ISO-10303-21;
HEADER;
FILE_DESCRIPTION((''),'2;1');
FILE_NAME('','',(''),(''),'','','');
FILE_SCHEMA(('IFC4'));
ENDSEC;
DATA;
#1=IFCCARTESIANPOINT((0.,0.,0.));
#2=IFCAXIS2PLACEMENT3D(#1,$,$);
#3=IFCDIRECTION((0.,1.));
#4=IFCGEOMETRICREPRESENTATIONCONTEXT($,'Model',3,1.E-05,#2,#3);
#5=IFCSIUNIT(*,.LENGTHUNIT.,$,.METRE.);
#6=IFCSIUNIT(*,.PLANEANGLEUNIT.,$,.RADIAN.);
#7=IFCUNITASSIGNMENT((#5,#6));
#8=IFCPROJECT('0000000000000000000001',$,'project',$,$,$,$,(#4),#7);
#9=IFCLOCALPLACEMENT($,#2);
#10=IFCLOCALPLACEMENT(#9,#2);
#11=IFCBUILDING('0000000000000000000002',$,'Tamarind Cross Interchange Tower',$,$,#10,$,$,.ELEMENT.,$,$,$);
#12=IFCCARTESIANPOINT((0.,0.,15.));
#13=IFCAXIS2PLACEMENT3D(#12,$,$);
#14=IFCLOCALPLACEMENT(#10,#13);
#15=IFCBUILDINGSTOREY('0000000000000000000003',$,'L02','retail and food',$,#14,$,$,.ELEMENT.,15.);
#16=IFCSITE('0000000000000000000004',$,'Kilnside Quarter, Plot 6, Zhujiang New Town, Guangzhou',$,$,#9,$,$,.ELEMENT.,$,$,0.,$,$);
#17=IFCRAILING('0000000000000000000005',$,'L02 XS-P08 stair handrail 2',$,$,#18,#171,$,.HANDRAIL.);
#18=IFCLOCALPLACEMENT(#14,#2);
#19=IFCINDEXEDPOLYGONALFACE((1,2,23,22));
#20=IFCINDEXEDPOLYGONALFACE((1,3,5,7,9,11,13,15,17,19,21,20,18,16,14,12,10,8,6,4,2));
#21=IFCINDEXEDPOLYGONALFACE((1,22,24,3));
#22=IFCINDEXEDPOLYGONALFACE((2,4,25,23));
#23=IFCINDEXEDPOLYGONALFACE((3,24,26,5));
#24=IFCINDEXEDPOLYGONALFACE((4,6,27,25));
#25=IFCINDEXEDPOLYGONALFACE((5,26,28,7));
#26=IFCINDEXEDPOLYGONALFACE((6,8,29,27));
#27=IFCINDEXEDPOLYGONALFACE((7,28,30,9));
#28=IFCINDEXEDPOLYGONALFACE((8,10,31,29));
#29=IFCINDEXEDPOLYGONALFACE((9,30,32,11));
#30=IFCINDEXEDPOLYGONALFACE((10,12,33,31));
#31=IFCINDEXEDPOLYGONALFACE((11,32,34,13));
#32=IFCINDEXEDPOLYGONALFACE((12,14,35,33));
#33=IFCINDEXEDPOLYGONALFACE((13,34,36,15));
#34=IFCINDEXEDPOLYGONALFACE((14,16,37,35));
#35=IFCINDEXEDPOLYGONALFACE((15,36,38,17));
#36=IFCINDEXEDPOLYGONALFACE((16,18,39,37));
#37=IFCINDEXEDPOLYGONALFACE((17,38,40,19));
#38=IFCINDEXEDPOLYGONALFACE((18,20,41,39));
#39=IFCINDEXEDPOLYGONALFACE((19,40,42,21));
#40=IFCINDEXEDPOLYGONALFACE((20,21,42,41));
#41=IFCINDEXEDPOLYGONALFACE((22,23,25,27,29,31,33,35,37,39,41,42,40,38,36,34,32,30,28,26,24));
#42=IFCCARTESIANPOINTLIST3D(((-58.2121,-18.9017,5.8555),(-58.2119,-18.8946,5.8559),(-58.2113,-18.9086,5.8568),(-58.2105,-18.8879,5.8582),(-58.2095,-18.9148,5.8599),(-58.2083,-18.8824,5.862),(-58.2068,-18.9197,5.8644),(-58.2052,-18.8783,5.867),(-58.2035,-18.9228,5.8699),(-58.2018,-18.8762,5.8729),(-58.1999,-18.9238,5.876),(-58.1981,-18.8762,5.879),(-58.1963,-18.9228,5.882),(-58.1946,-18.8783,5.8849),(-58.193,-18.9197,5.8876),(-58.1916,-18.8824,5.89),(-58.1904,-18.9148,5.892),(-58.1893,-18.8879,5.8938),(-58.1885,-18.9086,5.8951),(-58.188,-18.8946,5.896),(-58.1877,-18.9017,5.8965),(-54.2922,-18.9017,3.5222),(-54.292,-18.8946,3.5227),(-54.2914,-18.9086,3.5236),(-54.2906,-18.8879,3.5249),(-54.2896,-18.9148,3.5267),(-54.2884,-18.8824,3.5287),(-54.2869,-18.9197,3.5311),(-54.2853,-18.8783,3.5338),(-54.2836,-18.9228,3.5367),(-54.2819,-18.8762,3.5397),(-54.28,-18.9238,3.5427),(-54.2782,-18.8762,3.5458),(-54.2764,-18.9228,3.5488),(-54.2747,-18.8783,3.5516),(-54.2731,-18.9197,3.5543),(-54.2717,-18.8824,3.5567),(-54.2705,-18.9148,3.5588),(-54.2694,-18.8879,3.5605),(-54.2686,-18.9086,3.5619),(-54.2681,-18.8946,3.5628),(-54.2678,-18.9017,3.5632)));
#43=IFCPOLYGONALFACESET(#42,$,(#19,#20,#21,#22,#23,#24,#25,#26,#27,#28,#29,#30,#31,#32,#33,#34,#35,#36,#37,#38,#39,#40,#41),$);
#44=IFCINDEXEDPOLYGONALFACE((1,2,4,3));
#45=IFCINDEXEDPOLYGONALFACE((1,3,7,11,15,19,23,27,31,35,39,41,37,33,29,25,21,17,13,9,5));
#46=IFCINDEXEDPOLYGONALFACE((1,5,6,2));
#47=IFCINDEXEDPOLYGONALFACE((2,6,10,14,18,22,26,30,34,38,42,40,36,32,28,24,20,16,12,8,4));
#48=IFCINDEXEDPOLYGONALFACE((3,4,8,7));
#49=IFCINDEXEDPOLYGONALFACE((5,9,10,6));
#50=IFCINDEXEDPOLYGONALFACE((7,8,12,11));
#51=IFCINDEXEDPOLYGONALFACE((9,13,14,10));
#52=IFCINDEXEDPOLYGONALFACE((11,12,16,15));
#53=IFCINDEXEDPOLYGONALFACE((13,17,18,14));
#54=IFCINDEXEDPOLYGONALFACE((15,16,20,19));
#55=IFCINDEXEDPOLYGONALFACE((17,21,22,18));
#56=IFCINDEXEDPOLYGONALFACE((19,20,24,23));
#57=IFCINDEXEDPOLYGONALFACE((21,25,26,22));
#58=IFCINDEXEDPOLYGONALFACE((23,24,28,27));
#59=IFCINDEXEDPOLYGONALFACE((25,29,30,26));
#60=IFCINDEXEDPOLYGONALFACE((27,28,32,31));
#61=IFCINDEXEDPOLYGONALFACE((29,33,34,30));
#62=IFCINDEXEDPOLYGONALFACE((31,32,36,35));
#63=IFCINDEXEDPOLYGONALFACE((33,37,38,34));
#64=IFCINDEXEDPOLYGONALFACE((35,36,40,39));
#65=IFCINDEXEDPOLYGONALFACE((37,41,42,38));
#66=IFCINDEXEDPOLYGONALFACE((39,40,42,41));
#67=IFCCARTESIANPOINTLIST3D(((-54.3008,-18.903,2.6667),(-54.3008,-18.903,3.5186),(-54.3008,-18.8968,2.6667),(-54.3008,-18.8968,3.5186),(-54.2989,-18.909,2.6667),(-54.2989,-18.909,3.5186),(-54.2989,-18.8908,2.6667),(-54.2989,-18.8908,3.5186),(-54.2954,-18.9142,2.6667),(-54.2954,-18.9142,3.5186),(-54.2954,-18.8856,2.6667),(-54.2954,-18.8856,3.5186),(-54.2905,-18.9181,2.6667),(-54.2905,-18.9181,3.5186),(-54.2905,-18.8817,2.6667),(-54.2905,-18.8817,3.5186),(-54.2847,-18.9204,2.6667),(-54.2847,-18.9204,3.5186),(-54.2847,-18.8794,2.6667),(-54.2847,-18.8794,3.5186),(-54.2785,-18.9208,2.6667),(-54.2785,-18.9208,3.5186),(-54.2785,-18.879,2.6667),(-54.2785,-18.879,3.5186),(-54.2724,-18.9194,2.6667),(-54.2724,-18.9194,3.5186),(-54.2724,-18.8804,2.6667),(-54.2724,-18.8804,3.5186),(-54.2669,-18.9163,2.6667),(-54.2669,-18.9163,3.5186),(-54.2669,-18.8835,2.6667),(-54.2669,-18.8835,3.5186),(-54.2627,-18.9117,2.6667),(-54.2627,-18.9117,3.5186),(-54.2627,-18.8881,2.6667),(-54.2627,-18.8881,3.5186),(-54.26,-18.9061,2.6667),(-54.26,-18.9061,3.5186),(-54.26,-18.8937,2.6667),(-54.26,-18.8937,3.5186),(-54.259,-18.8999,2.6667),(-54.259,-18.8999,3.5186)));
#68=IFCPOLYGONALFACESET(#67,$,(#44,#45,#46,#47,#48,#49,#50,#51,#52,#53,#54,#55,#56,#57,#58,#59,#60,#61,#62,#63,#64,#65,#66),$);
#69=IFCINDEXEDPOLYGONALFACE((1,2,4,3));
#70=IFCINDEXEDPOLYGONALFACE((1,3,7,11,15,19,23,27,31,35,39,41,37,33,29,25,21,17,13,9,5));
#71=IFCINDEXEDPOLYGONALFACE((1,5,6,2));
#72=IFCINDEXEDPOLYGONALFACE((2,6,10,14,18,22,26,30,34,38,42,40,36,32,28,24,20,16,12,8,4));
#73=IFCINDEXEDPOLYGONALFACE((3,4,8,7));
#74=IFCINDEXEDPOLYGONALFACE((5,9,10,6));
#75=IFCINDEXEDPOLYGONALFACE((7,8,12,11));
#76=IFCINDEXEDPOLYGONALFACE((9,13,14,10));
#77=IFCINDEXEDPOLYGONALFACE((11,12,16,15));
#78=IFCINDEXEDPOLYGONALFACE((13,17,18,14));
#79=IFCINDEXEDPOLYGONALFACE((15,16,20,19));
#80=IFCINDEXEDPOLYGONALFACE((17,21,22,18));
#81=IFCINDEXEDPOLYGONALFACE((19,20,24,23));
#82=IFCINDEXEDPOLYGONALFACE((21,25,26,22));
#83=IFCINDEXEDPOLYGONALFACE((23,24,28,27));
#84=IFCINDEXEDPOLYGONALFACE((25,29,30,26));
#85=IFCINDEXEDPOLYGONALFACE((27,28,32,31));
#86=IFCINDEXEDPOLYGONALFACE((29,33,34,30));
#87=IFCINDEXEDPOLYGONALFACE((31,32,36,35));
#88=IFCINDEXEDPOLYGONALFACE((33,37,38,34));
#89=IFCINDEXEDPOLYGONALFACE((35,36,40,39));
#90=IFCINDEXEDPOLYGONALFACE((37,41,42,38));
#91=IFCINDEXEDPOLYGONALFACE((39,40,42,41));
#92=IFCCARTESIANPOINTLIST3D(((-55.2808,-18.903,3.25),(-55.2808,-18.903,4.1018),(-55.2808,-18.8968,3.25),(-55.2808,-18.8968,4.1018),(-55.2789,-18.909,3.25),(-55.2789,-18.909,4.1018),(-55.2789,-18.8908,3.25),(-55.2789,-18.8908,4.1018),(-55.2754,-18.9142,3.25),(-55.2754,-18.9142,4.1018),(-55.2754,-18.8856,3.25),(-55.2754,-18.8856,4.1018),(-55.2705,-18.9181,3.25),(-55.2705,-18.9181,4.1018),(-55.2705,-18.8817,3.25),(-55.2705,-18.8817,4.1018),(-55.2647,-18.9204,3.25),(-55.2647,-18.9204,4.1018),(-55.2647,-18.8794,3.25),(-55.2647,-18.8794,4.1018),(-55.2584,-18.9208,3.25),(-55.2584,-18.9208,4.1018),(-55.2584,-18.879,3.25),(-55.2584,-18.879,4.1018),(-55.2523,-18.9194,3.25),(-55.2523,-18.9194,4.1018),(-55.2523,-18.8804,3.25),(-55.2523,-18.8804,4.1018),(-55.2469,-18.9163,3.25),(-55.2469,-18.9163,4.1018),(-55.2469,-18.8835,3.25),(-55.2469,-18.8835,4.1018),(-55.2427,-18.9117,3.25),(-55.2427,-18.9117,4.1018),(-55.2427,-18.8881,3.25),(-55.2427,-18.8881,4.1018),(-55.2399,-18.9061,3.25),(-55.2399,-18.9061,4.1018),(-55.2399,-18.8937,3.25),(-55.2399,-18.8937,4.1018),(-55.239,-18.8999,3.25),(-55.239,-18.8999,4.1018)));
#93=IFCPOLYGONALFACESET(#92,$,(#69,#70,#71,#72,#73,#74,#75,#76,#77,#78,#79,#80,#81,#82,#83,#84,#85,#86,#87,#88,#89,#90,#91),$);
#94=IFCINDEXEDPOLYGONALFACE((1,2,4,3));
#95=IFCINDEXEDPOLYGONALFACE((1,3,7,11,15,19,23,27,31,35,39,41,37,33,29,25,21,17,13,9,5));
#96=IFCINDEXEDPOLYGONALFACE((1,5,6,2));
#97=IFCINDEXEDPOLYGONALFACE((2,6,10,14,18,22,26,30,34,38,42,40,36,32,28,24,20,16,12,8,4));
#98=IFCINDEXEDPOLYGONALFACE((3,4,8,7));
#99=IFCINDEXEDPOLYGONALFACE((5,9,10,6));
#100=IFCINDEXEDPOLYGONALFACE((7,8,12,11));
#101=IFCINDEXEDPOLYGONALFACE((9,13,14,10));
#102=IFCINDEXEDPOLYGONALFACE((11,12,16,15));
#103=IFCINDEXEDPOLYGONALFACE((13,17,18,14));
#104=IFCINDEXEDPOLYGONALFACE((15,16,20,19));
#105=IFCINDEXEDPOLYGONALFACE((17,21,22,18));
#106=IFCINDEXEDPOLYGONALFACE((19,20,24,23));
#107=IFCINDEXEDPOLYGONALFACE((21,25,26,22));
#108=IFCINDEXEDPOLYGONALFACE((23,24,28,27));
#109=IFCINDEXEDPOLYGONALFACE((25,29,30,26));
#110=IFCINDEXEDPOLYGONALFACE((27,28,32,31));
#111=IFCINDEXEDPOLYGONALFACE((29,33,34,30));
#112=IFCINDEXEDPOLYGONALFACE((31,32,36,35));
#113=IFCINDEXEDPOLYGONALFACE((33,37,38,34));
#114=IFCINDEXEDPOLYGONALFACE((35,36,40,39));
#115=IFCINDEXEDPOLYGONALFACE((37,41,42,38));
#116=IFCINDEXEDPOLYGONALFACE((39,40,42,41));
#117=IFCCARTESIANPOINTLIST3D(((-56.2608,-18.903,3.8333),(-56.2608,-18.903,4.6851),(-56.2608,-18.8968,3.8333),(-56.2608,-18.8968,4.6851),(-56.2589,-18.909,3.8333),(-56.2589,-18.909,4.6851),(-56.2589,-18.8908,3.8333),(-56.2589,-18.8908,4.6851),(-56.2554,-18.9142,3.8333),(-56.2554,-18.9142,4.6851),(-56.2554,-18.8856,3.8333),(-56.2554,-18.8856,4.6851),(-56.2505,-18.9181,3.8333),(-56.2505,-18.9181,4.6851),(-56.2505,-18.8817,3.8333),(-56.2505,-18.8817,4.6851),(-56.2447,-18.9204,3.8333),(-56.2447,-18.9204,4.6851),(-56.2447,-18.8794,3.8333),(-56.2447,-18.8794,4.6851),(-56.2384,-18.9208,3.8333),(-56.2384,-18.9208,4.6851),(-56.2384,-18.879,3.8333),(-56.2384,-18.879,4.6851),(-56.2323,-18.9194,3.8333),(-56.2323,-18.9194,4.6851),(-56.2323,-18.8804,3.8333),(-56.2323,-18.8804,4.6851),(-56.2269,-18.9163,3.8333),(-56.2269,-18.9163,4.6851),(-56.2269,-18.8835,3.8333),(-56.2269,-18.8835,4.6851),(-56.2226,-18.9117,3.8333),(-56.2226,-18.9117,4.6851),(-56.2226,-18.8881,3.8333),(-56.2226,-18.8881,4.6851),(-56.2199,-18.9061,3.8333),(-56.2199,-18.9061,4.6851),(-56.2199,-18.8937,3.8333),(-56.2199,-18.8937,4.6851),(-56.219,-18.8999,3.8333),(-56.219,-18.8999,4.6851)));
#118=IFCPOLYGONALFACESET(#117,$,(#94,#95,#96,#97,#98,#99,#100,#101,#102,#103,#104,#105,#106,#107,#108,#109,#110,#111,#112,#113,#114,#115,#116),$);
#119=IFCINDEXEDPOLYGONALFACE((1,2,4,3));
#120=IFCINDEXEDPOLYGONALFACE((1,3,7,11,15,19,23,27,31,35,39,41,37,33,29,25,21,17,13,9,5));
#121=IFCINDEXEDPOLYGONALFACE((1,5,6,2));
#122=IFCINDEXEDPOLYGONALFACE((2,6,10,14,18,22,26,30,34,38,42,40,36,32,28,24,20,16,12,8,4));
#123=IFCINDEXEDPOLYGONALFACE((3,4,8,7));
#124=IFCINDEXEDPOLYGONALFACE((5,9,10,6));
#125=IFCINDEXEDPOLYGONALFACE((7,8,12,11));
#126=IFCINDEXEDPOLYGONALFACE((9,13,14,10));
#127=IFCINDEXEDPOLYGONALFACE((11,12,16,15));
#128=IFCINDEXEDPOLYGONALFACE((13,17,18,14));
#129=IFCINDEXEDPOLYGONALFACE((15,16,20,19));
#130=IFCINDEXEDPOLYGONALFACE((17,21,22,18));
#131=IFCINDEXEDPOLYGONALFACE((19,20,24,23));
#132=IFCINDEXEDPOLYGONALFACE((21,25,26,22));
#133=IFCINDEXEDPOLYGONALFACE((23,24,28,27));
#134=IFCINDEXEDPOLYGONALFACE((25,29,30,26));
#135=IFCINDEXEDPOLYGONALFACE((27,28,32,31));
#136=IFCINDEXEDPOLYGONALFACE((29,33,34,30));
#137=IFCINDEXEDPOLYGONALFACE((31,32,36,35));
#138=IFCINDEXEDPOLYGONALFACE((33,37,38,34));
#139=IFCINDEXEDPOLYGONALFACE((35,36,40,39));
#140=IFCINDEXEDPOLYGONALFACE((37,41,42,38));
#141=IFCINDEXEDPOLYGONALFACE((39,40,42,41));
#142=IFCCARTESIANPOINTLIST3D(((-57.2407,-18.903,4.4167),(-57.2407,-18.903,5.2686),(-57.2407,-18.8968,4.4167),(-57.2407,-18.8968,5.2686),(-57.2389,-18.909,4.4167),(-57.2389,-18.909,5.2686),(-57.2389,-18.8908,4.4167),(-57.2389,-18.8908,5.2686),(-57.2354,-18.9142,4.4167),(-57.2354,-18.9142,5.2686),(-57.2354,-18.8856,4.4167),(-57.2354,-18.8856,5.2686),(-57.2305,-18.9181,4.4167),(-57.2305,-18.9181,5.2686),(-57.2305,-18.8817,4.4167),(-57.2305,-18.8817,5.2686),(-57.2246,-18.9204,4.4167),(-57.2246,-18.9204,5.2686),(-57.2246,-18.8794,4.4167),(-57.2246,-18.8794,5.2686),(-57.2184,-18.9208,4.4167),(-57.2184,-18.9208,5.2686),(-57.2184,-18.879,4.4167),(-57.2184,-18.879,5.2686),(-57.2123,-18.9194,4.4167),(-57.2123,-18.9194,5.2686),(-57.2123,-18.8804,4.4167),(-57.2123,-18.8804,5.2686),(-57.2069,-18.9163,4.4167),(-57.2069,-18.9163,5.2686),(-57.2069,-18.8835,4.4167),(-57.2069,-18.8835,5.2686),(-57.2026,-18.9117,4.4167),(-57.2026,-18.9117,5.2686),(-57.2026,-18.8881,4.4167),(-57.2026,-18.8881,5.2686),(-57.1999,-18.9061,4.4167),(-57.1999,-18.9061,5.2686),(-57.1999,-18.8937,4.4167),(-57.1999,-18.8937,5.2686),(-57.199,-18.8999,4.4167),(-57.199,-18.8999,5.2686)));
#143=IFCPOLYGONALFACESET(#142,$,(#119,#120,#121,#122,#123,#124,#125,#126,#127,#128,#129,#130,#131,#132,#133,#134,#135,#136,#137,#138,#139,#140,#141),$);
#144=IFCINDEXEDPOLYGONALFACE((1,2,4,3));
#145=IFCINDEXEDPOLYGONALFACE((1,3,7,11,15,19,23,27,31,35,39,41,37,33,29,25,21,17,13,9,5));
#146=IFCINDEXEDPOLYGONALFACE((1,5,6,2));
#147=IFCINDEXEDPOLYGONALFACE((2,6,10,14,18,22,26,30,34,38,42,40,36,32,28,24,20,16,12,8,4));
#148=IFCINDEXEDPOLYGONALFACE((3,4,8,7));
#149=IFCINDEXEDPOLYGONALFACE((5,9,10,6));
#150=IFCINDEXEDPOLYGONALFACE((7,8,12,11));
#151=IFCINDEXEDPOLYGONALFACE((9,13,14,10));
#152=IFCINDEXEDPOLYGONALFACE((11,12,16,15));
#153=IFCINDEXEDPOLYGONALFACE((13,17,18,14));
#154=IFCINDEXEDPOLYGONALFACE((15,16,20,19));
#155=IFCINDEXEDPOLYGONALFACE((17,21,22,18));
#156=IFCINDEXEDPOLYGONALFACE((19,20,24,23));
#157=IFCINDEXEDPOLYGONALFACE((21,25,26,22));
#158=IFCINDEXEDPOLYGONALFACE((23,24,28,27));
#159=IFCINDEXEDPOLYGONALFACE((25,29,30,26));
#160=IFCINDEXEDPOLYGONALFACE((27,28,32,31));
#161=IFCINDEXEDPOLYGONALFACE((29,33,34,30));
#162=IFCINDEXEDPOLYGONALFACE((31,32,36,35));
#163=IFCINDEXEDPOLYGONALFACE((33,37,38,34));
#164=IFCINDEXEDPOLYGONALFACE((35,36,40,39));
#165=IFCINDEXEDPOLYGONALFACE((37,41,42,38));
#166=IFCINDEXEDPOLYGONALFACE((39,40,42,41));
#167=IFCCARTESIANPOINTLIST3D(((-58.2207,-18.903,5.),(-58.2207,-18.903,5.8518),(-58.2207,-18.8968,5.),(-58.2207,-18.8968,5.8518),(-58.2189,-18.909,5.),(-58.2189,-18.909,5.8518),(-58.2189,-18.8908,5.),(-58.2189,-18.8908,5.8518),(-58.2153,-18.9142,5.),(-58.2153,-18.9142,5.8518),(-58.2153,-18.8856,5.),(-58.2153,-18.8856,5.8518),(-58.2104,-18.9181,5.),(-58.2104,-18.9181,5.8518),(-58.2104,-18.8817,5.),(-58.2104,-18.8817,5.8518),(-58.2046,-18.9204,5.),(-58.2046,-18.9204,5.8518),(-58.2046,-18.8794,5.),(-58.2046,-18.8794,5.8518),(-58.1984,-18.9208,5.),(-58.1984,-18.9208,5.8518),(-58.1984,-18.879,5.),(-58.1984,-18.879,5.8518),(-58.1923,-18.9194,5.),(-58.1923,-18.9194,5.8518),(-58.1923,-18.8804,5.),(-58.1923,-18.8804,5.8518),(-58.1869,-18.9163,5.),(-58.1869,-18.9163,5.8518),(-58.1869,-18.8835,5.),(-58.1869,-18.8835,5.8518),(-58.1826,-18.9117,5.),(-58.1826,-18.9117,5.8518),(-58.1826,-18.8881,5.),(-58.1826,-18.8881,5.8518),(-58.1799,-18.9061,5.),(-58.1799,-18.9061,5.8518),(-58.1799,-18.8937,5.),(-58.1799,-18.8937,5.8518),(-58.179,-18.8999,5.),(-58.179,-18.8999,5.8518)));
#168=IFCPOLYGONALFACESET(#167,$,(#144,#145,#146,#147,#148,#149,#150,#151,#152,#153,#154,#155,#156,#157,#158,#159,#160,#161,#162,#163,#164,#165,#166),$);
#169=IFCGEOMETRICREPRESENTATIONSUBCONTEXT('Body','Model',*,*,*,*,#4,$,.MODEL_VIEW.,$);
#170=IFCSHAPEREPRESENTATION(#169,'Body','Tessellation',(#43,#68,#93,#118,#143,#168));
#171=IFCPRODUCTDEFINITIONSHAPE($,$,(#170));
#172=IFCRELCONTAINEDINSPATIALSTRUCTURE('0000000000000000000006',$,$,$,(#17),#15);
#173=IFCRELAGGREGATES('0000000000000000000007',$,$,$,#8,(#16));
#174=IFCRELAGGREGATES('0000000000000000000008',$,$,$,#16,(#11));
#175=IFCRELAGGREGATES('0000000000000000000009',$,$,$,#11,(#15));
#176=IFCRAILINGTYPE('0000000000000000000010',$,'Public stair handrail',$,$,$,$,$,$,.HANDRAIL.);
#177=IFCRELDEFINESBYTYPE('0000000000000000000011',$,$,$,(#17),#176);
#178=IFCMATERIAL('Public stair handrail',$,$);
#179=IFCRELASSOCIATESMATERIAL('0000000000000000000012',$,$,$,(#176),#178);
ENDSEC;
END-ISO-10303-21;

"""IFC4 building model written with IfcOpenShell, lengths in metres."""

from ifc_helpers import new_model, si_unit, direction, frame, origin, origin_2d, place, context, subcontext, project, spatial, circle, extrude, material, type_object, element, save


model = new_model("IFC4")

# Units and contexts
model_context = context("Model", 3, precision=1e-05, world=origin(), true_north=direction((0.0, 1.0)))
body_context = subcontext(model_context, "Body", "Model", "MODEL_VIEW")
ifc_project = project(units=[si_unit("LENGTHUNIT", "METRE"), si_unit("PLANEANGLEUNIT", "RADIAN")], contexts=[model_context])

# Site, building, storey
site_placement = place(None, origin())
site = spatial("IfcSite", under=ifc_project, at=site_placement, Name="Kilnside Quarter, Plot 6, Zhujiang New Town, Guangzhou", CompositionType="ELEMENT", RefElevation=0.0)
building_placement = place(site_placement, origin())
building = spatial("IfcBuilding", under=site, at=building_placement, Name="Tamarind Cross Interchange Tower", CompositionType="ELEMENT")
storey_placement = place(building_placement, frame((0.0, 0.0, 15.0)))
storey = spatial("IfcBuildingStorey", under=building, at=storey_placement, Name="L02", Description="retail and food", CompositionType="ELEMENT", Elevation=15.0)

# Railing
ifc_material_1 = material(Name="Public stair handrail")
railing_type_1 = type_object("IfcRailingType", Name="Public stair handrail", PredefinedType="HANDRAIL", material=ifc_material_1)
railing_1_placement = place(storey_placement, frame((-54.28, -18.8999, 2.6667)))
element("IfcRailing", 1, at=railing_1_placement, inside=storey, type_object=railing_type_1, Name="L02 XS-P08 stair handrail 2", PredefinedType="HANDRAIL", context=body_context, shape_type="SweptSolid", body=[
    extrude(circle(Radius=0.0239, at=origin_2d()), frame((0.0, 0.0, 0.876), z_axis=(-0.859296, 0.0, 0.511478), x_axis=(0.0, -1.0, 0.0)), (0.0, 0.0, 1.0), 4.5618),
    extrude(circle(Radius=0.021, at=origin_2d()), origin(), (0.0, 0.0, 1.0), 0.8518),
    extrude(circle(Radius=0.021, at=origin_2d()), frame((-0.98, 0.0, 0.5833)), (0.0, 0.0, 1.0), 0.8518),
    extrude(circle(Radius=0.021, at=origin_2d()), frame((-1.96, 0.0, 1.1665)), (0.0, 0.0, 1.0), 0.8518),
    extrude(circle(Radius=0.021, at=origin_2d()), frame((-2.9399, 0.0, 1.75)), (0.0, 0.0, 1.0), 0.8518),
    extrude(circle(Radius=0.021, at=origin_2d()), frame((-3.9199, 0.0, 2.3333)), (0.0, 0.0, 1.0), 0.8518),
])

save(model, "model.ifc")
